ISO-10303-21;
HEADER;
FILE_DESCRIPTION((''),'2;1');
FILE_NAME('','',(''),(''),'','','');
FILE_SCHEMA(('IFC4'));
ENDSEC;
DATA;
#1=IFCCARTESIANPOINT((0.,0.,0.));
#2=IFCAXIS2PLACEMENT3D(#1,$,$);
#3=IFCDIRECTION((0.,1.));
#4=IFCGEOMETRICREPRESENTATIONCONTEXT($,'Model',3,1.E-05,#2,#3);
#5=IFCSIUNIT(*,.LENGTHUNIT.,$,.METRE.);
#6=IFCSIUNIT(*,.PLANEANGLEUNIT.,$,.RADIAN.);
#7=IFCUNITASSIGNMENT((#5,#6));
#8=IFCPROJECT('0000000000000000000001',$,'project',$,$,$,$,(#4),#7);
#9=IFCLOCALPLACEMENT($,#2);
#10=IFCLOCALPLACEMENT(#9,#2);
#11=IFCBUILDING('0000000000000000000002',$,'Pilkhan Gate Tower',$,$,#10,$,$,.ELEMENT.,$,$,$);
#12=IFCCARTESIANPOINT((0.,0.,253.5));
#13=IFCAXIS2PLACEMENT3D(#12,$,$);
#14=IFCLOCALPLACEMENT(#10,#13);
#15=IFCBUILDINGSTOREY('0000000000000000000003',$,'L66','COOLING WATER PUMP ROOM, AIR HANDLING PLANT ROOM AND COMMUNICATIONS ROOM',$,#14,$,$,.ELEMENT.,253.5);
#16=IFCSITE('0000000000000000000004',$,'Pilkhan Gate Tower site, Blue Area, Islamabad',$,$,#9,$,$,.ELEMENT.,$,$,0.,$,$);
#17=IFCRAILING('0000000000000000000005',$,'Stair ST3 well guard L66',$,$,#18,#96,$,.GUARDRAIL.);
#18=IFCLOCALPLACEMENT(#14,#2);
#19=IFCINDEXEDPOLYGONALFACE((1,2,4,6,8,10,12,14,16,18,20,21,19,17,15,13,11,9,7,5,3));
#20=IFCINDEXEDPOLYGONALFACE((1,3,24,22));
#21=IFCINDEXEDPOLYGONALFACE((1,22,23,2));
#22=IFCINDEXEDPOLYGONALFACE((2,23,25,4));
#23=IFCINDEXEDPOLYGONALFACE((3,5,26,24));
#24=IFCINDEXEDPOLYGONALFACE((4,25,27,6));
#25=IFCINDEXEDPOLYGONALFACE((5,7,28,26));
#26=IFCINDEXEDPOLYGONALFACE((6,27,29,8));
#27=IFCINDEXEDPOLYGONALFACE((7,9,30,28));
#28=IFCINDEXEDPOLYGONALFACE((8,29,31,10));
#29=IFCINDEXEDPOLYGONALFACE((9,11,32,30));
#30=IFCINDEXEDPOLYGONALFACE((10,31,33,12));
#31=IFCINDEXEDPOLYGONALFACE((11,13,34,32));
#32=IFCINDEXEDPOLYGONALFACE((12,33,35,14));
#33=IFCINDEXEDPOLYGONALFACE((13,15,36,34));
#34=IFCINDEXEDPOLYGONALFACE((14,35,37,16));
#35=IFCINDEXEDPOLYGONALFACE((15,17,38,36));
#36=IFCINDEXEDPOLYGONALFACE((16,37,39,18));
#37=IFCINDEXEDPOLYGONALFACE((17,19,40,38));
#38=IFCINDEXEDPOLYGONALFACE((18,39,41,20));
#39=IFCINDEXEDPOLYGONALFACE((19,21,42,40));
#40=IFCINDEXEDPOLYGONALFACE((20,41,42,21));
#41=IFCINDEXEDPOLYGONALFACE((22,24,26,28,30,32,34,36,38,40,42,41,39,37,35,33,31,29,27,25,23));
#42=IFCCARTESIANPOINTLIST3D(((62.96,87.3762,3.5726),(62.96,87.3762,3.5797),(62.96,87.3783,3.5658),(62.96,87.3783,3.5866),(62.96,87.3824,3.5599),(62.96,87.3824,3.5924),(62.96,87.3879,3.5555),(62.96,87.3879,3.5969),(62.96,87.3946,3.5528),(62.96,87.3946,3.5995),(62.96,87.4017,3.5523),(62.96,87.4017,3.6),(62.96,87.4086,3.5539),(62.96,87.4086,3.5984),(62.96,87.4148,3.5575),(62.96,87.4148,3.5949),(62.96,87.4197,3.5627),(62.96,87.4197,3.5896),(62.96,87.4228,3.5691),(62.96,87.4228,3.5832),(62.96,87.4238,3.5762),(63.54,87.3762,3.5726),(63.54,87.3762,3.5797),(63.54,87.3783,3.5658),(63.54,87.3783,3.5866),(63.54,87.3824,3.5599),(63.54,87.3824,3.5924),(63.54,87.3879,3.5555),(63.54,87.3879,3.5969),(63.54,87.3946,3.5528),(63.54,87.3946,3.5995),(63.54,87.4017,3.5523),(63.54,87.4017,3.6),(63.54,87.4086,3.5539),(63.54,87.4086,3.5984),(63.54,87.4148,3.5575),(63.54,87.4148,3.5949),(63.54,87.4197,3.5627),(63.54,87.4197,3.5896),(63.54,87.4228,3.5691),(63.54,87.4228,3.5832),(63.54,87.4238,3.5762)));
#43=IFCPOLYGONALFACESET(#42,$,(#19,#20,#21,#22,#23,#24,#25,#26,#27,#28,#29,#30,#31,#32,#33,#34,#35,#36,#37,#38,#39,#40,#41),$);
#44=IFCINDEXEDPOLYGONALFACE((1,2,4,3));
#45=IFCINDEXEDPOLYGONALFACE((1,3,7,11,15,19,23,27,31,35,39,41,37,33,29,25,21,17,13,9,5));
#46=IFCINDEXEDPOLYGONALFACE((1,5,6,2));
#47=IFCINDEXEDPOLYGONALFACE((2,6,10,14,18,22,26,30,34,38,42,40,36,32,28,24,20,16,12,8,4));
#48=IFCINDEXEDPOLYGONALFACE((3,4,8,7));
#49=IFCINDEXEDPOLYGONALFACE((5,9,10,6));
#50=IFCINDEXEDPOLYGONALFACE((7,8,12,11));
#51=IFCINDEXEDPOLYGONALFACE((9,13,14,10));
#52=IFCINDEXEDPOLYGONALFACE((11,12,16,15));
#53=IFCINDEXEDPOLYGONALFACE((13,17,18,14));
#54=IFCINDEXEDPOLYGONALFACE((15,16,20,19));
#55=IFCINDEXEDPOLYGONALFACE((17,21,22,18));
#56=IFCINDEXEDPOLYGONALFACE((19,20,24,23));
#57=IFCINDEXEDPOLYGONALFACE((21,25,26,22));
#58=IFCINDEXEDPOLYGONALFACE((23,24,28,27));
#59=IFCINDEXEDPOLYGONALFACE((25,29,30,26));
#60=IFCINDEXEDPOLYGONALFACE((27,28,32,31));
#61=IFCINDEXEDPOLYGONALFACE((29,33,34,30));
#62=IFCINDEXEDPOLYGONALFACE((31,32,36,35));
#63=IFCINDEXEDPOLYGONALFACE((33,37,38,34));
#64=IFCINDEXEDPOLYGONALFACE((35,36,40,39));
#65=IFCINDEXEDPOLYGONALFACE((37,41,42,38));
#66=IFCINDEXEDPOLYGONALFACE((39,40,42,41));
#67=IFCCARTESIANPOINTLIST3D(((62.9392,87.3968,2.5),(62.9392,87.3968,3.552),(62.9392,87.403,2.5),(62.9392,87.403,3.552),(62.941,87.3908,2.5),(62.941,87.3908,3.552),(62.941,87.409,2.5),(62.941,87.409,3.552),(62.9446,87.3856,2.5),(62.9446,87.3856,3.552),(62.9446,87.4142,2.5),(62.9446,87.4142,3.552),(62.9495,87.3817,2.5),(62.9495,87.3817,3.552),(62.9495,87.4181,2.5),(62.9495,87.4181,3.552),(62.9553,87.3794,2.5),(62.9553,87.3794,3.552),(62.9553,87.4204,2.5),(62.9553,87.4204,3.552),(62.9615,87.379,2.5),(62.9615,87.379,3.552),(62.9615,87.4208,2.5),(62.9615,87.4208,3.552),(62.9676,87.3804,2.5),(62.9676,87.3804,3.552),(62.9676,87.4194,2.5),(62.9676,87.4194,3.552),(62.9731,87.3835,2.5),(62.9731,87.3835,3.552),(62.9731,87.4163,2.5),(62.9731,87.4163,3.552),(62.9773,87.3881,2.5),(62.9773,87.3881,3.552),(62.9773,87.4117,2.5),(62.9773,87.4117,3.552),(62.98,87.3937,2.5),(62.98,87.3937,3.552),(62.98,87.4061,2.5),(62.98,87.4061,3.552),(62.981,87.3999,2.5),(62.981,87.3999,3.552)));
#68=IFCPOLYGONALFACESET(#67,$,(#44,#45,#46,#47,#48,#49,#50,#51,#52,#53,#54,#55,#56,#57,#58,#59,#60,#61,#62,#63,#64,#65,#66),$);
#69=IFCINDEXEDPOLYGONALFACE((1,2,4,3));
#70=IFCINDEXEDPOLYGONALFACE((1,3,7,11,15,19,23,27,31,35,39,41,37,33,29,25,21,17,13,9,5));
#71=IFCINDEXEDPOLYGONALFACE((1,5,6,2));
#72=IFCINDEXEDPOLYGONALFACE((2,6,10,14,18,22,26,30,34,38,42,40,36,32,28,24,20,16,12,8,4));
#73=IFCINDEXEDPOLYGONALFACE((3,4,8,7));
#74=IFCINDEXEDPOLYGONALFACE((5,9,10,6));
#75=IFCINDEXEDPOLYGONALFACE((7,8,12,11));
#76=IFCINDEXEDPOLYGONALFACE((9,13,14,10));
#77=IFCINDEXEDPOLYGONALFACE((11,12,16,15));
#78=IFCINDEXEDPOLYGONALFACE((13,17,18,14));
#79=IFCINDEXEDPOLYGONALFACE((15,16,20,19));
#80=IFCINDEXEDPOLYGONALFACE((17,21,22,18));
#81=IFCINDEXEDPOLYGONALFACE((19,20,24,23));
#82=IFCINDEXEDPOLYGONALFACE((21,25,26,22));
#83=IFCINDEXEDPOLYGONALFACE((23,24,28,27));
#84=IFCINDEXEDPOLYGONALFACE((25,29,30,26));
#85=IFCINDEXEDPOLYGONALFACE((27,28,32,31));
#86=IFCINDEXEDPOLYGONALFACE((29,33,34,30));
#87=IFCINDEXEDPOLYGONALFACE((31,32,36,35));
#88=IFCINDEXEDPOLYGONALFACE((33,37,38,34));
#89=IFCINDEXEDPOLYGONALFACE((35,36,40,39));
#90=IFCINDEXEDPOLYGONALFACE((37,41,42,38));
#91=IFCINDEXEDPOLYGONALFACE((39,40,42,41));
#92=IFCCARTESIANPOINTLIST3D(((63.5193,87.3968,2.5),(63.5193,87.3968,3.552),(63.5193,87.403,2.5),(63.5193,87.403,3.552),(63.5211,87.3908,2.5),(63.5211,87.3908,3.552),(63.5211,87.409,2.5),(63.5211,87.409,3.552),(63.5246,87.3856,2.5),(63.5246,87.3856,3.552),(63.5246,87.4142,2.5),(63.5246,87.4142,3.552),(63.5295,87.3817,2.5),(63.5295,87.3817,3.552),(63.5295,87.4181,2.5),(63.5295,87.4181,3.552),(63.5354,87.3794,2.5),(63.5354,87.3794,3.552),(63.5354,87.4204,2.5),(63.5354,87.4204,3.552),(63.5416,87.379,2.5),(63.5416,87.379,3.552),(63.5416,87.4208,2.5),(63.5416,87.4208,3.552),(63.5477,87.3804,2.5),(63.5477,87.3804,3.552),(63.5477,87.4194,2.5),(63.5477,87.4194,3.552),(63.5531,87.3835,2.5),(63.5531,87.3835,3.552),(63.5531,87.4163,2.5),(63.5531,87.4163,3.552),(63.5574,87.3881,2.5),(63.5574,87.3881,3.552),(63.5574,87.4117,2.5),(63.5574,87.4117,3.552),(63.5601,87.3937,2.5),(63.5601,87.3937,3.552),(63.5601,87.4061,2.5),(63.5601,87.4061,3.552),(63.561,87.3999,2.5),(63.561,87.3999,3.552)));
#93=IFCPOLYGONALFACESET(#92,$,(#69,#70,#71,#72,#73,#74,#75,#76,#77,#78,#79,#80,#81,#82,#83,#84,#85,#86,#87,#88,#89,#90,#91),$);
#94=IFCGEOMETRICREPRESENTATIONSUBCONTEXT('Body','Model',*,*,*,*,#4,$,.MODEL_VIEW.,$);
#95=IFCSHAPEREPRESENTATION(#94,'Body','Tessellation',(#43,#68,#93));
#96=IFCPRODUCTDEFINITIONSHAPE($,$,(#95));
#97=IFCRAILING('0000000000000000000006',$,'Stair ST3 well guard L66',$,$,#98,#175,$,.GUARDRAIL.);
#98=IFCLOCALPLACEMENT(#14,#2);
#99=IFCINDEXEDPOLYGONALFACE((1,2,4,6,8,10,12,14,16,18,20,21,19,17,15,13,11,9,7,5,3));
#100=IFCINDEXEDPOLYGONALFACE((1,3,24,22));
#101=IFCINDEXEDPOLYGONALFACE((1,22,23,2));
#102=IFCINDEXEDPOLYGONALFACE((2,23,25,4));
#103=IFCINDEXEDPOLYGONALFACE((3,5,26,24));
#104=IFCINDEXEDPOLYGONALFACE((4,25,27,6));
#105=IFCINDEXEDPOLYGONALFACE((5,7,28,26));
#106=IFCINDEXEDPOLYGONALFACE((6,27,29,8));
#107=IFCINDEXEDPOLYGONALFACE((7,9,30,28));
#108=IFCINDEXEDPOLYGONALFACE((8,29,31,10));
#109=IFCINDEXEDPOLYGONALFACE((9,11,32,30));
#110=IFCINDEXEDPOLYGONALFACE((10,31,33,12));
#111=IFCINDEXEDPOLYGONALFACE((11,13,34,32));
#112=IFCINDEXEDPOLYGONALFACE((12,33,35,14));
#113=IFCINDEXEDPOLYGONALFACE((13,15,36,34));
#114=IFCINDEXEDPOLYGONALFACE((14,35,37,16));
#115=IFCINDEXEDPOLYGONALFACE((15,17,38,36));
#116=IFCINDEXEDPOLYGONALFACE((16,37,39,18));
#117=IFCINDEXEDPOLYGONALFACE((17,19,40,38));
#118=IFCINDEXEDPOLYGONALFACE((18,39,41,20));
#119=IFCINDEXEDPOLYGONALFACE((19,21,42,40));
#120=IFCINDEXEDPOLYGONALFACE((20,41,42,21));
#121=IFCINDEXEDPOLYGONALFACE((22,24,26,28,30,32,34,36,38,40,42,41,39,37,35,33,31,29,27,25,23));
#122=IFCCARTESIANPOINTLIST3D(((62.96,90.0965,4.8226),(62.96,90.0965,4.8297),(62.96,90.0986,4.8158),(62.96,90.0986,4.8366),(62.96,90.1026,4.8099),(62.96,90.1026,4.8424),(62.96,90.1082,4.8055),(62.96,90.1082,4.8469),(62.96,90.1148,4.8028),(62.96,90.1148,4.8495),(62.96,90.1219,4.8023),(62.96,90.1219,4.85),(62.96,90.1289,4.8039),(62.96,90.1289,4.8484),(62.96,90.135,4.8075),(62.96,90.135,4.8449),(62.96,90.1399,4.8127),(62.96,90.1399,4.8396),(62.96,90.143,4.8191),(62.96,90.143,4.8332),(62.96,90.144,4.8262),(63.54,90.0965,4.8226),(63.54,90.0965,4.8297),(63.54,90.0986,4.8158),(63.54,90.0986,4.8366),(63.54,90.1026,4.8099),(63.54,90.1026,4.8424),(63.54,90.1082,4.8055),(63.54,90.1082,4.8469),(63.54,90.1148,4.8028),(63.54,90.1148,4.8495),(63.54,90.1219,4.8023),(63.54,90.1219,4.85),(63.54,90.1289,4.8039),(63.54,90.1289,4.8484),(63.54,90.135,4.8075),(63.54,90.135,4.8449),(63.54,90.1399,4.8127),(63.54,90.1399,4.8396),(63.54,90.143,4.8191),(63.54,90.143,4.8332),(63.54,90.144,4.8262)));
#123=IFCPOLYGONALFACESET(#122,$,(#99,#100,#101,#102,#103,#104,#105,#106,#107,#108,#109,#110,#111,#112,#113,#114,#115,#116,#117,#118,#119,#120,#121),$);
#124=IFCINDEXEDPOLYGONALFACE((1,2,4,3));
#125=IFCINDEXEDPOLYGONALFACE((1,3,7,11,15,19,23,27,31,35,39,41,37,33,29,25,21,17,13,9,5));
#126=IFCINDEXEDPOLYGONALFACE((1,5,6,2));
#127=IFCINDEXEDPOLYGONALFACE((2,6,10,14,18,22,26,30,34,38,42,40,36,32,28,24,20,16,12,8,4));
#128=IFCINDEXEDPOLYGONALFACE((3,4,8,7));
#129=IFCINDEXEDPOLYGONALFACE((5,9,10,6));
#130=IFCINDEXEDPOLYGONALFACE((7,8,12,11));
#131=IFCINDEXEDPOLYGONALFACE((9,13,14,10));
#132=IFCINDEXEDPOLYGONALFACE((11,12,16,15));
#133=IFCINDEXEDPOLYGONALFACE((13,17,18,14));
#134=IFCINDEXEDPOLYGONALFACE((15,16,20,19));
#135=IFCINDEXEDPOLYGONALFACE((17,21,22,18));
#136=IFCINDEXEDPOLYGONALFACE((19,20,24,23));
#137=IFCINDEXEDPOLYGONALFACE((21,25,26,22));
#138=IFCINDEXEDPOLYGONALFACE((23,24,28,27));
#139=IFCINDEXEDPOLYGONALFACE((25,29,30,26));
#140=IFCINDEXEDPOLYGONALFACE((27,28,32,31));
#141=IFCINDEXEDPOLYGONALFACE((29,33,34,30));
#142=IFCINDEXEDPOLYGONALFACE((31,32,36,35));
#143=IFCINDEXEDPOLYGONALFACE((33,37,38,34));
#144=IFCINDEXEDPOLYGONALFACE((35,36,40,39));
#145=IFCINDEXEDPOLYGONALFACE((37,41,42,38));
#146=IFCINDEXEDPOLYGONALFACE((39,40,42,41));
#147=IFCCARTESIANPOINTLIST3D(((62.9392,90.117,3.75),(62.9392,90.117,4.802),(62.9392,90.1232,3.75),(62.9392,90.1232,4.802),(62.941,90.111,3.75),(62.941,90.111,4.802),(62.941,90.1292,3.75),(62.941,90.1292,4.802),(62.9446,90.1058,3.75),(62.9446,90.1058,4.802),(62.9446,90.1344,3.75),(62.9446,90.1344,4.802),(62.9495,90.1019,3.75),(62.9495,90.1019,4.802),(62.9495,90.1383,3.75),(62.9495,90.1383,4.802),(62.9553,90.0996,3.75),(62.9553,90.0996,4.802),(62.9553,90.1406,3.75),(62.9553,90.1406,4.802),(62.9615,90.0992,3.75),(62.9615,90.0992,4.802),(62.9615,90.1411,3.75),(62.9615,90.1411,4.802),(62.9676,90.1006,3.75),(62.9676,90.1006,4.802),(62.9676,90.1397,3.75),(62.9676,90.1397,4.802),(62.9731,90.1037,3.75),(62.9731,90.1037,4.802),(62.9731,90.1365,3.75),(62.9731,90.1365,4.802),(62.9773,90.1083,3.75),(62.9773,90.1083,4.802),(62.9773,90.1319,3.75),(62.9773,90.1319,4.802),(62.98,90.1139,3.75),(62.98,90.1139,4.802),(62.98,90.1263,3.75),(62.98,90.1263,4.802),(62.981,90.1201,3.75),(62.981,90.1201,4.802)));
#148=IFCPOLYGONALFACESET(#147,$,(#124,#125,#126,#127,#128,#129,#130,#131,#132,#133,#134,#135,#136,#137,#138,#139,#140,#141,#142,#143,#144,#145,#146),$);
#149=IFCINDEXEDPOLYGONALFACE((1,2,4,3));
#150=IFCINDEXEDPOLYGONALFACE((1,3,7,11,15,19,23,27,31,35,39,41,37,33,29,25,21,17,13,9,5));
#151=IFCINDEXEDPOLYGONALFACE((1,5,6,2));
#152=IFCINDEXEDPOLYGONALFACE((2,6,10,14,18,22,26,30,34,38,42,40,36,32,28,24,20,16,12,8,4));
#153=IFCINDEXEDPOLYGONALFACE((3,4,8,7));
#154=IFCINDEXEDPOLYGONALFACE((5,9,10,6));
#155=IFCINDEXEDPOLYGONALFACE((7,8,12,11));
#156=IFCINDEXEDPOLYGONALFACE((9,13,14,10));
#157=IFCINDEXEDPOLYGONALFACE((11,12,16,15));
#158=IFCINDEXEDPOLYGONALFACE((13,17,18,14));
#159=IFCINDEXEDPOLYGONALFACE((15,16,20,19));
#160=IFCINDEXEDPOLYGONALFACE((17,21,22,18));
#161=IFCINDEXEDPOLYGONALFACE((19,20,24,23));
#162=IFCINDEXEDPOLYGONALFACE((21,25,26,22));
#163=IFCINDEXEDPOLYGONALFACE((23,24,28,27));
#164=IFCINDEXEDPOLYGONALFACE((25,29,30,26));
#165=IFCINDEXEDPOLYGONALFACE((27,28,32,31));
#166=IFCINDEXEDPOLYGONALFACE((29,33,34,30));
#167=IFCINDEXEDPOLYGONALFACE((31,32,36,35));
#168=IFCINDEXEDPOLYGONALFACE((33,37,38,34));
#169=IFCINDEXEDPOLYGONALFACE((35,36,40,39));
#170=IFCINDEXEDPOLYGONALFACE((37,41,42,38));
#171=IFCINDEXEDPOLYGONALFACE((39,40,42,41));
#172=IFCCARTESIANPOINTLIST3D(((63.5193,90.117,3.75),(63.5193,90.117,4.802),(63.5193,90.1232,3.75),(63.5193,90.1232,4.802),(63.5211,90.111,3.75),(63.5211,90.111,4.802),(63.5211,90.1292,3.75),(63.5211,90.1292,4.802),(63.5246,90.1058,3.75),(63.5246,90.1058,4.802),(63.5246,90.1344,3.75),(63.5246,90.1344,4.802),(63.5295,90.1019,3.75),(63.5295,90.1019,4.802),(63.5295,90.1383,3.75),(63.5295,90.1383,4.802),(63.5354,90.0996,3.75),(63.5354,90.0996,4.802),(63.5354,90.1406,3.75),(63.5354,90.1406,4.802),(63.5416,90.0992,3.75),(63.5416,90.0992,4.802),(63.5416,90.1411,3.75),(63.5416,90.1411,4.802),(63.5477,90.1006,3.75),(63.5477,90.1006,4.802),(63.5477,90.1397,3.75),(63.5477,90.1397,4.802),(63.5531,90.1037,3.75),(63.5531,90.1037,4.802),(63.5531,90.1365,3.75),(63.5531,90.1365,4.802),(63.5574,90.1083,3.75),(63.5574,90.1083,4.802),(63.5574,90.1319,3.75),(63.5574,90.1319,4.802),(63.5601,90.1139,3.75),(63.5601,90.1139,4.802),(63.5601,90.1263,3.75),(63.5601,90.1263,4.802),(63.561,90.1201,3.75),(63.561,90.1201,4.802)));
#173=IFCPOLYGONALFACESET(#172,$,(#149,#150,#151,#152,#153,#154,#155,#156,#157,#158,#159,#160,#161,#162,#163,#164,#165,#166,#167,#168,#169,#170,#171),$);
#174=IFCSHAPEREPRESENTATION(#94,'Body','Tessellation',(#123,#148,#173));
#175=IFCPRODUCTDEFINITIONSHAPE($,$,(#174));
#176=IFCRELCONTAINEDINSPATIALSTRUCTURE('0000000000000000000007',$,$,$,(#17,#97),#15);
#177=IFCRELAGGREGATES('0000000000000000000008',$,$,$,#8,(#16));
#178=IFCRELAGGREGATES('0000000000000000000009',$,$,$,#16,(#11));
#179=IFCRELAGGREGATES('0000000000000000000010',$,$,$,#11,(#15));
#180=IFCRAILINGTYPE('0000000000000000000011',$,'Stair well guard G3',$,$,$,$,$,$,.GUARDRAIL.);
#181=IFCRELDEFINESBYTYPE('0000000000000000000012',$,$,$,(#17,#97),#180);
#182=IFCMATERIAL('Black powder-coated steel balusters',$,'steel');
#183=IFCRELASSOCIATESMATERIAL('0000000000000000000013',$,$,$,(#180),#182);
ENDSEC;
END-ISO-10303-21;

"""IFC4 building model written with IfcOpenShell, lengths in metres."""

from ifc_helpers import new_model, si_unit, direction, frame, origin, origin_2d, place, context, subcontext, project, spatial, circle, extrude, material, type_object, element, save


model = new_model("IFC4")

# Units and contexts
model_context = context("Model", 3, precision=1e-05, world=origin(), true_north=direction((0.0, 1.0)))
body_context = subcontext(model_context, "Body", "Model", "MODEL_VIEW")
ifc_project = project(units=[si_unit("LENGTHUNIT", "METRE"), si_unit("PLANEANGLEUNIT", "RADIAN")], contexts=[model_context])

# Site, building, storey
site_placement = place(None, origin())
site = spatial("IfcSite", under=ifc_project, at=site_placement, Name="Pilkhan Gate Tower site, Blue Area, Islamabad", CompositionType="ELEMENT", RefElevation=0.0)
building_placement = place(site_placement, origin())
building = spatial("IfcBuilding", under=site, at=building_placement, Name="Pilkhan Gate Tower", CompositionType="ELEMENT")
storey_placement = place(building_placement, frame((0.0, 0.0, 253.5)))
storey = spatial("IfcBuildingStorey", under=building, at=storey_placement, Name="L66", Description="COOLING WATER PUMP ROOM, AIR HANDLING PLANT ROOM AND COMMUNICATIONS ROOM", CompositionType="ELEMENT", Elevation=253.5)

# Railings
ifc_material_1 = material(Name="Black powder-coated steel balusters", Category="steel")
railing_type_1 = type_object("IfcRailingType", Name="Stair well guard G3", PredefinedType="GUARDRAIL", material=ifc_material_1)
for number, where, name in (
    (1, (62.96, 87.3999, 2.5), "Stair ST3 well guard L66"),
    (2, (62.96, 90.1201, 3.75), "Stair ST3 well guard L66"),
):
    element("IfcRailing", number, at=place(storey_placement, frame(where)), inside=storey, type_object=railing_type_1, Name=name, PredefinedType="GUARDRAIL", context=body_context, shape_type="SweptSolid", body=[
        extrude(circle(Radius=0.0239, at=origin_2d()), frame((0.0, 0.0, 1.0762), z_axis=(1.0, 0.0, 0.0), x_axis=(0.0, 1.0, 0.0)), (0.0, 0.0, 1.0), 0.5801),
        extrude(circle(Radius=0.021, at=origin_2d()), origin(), (0.0, 0.0, 1.0), 1.052),
        extrude(circle(Radius=0.021, at=origin_2d()), frame((0.5801, 0.0, 0.0)), (0.0, 0.0, 1.0), 1.052),
    ])

save(model, "model.ifc")
